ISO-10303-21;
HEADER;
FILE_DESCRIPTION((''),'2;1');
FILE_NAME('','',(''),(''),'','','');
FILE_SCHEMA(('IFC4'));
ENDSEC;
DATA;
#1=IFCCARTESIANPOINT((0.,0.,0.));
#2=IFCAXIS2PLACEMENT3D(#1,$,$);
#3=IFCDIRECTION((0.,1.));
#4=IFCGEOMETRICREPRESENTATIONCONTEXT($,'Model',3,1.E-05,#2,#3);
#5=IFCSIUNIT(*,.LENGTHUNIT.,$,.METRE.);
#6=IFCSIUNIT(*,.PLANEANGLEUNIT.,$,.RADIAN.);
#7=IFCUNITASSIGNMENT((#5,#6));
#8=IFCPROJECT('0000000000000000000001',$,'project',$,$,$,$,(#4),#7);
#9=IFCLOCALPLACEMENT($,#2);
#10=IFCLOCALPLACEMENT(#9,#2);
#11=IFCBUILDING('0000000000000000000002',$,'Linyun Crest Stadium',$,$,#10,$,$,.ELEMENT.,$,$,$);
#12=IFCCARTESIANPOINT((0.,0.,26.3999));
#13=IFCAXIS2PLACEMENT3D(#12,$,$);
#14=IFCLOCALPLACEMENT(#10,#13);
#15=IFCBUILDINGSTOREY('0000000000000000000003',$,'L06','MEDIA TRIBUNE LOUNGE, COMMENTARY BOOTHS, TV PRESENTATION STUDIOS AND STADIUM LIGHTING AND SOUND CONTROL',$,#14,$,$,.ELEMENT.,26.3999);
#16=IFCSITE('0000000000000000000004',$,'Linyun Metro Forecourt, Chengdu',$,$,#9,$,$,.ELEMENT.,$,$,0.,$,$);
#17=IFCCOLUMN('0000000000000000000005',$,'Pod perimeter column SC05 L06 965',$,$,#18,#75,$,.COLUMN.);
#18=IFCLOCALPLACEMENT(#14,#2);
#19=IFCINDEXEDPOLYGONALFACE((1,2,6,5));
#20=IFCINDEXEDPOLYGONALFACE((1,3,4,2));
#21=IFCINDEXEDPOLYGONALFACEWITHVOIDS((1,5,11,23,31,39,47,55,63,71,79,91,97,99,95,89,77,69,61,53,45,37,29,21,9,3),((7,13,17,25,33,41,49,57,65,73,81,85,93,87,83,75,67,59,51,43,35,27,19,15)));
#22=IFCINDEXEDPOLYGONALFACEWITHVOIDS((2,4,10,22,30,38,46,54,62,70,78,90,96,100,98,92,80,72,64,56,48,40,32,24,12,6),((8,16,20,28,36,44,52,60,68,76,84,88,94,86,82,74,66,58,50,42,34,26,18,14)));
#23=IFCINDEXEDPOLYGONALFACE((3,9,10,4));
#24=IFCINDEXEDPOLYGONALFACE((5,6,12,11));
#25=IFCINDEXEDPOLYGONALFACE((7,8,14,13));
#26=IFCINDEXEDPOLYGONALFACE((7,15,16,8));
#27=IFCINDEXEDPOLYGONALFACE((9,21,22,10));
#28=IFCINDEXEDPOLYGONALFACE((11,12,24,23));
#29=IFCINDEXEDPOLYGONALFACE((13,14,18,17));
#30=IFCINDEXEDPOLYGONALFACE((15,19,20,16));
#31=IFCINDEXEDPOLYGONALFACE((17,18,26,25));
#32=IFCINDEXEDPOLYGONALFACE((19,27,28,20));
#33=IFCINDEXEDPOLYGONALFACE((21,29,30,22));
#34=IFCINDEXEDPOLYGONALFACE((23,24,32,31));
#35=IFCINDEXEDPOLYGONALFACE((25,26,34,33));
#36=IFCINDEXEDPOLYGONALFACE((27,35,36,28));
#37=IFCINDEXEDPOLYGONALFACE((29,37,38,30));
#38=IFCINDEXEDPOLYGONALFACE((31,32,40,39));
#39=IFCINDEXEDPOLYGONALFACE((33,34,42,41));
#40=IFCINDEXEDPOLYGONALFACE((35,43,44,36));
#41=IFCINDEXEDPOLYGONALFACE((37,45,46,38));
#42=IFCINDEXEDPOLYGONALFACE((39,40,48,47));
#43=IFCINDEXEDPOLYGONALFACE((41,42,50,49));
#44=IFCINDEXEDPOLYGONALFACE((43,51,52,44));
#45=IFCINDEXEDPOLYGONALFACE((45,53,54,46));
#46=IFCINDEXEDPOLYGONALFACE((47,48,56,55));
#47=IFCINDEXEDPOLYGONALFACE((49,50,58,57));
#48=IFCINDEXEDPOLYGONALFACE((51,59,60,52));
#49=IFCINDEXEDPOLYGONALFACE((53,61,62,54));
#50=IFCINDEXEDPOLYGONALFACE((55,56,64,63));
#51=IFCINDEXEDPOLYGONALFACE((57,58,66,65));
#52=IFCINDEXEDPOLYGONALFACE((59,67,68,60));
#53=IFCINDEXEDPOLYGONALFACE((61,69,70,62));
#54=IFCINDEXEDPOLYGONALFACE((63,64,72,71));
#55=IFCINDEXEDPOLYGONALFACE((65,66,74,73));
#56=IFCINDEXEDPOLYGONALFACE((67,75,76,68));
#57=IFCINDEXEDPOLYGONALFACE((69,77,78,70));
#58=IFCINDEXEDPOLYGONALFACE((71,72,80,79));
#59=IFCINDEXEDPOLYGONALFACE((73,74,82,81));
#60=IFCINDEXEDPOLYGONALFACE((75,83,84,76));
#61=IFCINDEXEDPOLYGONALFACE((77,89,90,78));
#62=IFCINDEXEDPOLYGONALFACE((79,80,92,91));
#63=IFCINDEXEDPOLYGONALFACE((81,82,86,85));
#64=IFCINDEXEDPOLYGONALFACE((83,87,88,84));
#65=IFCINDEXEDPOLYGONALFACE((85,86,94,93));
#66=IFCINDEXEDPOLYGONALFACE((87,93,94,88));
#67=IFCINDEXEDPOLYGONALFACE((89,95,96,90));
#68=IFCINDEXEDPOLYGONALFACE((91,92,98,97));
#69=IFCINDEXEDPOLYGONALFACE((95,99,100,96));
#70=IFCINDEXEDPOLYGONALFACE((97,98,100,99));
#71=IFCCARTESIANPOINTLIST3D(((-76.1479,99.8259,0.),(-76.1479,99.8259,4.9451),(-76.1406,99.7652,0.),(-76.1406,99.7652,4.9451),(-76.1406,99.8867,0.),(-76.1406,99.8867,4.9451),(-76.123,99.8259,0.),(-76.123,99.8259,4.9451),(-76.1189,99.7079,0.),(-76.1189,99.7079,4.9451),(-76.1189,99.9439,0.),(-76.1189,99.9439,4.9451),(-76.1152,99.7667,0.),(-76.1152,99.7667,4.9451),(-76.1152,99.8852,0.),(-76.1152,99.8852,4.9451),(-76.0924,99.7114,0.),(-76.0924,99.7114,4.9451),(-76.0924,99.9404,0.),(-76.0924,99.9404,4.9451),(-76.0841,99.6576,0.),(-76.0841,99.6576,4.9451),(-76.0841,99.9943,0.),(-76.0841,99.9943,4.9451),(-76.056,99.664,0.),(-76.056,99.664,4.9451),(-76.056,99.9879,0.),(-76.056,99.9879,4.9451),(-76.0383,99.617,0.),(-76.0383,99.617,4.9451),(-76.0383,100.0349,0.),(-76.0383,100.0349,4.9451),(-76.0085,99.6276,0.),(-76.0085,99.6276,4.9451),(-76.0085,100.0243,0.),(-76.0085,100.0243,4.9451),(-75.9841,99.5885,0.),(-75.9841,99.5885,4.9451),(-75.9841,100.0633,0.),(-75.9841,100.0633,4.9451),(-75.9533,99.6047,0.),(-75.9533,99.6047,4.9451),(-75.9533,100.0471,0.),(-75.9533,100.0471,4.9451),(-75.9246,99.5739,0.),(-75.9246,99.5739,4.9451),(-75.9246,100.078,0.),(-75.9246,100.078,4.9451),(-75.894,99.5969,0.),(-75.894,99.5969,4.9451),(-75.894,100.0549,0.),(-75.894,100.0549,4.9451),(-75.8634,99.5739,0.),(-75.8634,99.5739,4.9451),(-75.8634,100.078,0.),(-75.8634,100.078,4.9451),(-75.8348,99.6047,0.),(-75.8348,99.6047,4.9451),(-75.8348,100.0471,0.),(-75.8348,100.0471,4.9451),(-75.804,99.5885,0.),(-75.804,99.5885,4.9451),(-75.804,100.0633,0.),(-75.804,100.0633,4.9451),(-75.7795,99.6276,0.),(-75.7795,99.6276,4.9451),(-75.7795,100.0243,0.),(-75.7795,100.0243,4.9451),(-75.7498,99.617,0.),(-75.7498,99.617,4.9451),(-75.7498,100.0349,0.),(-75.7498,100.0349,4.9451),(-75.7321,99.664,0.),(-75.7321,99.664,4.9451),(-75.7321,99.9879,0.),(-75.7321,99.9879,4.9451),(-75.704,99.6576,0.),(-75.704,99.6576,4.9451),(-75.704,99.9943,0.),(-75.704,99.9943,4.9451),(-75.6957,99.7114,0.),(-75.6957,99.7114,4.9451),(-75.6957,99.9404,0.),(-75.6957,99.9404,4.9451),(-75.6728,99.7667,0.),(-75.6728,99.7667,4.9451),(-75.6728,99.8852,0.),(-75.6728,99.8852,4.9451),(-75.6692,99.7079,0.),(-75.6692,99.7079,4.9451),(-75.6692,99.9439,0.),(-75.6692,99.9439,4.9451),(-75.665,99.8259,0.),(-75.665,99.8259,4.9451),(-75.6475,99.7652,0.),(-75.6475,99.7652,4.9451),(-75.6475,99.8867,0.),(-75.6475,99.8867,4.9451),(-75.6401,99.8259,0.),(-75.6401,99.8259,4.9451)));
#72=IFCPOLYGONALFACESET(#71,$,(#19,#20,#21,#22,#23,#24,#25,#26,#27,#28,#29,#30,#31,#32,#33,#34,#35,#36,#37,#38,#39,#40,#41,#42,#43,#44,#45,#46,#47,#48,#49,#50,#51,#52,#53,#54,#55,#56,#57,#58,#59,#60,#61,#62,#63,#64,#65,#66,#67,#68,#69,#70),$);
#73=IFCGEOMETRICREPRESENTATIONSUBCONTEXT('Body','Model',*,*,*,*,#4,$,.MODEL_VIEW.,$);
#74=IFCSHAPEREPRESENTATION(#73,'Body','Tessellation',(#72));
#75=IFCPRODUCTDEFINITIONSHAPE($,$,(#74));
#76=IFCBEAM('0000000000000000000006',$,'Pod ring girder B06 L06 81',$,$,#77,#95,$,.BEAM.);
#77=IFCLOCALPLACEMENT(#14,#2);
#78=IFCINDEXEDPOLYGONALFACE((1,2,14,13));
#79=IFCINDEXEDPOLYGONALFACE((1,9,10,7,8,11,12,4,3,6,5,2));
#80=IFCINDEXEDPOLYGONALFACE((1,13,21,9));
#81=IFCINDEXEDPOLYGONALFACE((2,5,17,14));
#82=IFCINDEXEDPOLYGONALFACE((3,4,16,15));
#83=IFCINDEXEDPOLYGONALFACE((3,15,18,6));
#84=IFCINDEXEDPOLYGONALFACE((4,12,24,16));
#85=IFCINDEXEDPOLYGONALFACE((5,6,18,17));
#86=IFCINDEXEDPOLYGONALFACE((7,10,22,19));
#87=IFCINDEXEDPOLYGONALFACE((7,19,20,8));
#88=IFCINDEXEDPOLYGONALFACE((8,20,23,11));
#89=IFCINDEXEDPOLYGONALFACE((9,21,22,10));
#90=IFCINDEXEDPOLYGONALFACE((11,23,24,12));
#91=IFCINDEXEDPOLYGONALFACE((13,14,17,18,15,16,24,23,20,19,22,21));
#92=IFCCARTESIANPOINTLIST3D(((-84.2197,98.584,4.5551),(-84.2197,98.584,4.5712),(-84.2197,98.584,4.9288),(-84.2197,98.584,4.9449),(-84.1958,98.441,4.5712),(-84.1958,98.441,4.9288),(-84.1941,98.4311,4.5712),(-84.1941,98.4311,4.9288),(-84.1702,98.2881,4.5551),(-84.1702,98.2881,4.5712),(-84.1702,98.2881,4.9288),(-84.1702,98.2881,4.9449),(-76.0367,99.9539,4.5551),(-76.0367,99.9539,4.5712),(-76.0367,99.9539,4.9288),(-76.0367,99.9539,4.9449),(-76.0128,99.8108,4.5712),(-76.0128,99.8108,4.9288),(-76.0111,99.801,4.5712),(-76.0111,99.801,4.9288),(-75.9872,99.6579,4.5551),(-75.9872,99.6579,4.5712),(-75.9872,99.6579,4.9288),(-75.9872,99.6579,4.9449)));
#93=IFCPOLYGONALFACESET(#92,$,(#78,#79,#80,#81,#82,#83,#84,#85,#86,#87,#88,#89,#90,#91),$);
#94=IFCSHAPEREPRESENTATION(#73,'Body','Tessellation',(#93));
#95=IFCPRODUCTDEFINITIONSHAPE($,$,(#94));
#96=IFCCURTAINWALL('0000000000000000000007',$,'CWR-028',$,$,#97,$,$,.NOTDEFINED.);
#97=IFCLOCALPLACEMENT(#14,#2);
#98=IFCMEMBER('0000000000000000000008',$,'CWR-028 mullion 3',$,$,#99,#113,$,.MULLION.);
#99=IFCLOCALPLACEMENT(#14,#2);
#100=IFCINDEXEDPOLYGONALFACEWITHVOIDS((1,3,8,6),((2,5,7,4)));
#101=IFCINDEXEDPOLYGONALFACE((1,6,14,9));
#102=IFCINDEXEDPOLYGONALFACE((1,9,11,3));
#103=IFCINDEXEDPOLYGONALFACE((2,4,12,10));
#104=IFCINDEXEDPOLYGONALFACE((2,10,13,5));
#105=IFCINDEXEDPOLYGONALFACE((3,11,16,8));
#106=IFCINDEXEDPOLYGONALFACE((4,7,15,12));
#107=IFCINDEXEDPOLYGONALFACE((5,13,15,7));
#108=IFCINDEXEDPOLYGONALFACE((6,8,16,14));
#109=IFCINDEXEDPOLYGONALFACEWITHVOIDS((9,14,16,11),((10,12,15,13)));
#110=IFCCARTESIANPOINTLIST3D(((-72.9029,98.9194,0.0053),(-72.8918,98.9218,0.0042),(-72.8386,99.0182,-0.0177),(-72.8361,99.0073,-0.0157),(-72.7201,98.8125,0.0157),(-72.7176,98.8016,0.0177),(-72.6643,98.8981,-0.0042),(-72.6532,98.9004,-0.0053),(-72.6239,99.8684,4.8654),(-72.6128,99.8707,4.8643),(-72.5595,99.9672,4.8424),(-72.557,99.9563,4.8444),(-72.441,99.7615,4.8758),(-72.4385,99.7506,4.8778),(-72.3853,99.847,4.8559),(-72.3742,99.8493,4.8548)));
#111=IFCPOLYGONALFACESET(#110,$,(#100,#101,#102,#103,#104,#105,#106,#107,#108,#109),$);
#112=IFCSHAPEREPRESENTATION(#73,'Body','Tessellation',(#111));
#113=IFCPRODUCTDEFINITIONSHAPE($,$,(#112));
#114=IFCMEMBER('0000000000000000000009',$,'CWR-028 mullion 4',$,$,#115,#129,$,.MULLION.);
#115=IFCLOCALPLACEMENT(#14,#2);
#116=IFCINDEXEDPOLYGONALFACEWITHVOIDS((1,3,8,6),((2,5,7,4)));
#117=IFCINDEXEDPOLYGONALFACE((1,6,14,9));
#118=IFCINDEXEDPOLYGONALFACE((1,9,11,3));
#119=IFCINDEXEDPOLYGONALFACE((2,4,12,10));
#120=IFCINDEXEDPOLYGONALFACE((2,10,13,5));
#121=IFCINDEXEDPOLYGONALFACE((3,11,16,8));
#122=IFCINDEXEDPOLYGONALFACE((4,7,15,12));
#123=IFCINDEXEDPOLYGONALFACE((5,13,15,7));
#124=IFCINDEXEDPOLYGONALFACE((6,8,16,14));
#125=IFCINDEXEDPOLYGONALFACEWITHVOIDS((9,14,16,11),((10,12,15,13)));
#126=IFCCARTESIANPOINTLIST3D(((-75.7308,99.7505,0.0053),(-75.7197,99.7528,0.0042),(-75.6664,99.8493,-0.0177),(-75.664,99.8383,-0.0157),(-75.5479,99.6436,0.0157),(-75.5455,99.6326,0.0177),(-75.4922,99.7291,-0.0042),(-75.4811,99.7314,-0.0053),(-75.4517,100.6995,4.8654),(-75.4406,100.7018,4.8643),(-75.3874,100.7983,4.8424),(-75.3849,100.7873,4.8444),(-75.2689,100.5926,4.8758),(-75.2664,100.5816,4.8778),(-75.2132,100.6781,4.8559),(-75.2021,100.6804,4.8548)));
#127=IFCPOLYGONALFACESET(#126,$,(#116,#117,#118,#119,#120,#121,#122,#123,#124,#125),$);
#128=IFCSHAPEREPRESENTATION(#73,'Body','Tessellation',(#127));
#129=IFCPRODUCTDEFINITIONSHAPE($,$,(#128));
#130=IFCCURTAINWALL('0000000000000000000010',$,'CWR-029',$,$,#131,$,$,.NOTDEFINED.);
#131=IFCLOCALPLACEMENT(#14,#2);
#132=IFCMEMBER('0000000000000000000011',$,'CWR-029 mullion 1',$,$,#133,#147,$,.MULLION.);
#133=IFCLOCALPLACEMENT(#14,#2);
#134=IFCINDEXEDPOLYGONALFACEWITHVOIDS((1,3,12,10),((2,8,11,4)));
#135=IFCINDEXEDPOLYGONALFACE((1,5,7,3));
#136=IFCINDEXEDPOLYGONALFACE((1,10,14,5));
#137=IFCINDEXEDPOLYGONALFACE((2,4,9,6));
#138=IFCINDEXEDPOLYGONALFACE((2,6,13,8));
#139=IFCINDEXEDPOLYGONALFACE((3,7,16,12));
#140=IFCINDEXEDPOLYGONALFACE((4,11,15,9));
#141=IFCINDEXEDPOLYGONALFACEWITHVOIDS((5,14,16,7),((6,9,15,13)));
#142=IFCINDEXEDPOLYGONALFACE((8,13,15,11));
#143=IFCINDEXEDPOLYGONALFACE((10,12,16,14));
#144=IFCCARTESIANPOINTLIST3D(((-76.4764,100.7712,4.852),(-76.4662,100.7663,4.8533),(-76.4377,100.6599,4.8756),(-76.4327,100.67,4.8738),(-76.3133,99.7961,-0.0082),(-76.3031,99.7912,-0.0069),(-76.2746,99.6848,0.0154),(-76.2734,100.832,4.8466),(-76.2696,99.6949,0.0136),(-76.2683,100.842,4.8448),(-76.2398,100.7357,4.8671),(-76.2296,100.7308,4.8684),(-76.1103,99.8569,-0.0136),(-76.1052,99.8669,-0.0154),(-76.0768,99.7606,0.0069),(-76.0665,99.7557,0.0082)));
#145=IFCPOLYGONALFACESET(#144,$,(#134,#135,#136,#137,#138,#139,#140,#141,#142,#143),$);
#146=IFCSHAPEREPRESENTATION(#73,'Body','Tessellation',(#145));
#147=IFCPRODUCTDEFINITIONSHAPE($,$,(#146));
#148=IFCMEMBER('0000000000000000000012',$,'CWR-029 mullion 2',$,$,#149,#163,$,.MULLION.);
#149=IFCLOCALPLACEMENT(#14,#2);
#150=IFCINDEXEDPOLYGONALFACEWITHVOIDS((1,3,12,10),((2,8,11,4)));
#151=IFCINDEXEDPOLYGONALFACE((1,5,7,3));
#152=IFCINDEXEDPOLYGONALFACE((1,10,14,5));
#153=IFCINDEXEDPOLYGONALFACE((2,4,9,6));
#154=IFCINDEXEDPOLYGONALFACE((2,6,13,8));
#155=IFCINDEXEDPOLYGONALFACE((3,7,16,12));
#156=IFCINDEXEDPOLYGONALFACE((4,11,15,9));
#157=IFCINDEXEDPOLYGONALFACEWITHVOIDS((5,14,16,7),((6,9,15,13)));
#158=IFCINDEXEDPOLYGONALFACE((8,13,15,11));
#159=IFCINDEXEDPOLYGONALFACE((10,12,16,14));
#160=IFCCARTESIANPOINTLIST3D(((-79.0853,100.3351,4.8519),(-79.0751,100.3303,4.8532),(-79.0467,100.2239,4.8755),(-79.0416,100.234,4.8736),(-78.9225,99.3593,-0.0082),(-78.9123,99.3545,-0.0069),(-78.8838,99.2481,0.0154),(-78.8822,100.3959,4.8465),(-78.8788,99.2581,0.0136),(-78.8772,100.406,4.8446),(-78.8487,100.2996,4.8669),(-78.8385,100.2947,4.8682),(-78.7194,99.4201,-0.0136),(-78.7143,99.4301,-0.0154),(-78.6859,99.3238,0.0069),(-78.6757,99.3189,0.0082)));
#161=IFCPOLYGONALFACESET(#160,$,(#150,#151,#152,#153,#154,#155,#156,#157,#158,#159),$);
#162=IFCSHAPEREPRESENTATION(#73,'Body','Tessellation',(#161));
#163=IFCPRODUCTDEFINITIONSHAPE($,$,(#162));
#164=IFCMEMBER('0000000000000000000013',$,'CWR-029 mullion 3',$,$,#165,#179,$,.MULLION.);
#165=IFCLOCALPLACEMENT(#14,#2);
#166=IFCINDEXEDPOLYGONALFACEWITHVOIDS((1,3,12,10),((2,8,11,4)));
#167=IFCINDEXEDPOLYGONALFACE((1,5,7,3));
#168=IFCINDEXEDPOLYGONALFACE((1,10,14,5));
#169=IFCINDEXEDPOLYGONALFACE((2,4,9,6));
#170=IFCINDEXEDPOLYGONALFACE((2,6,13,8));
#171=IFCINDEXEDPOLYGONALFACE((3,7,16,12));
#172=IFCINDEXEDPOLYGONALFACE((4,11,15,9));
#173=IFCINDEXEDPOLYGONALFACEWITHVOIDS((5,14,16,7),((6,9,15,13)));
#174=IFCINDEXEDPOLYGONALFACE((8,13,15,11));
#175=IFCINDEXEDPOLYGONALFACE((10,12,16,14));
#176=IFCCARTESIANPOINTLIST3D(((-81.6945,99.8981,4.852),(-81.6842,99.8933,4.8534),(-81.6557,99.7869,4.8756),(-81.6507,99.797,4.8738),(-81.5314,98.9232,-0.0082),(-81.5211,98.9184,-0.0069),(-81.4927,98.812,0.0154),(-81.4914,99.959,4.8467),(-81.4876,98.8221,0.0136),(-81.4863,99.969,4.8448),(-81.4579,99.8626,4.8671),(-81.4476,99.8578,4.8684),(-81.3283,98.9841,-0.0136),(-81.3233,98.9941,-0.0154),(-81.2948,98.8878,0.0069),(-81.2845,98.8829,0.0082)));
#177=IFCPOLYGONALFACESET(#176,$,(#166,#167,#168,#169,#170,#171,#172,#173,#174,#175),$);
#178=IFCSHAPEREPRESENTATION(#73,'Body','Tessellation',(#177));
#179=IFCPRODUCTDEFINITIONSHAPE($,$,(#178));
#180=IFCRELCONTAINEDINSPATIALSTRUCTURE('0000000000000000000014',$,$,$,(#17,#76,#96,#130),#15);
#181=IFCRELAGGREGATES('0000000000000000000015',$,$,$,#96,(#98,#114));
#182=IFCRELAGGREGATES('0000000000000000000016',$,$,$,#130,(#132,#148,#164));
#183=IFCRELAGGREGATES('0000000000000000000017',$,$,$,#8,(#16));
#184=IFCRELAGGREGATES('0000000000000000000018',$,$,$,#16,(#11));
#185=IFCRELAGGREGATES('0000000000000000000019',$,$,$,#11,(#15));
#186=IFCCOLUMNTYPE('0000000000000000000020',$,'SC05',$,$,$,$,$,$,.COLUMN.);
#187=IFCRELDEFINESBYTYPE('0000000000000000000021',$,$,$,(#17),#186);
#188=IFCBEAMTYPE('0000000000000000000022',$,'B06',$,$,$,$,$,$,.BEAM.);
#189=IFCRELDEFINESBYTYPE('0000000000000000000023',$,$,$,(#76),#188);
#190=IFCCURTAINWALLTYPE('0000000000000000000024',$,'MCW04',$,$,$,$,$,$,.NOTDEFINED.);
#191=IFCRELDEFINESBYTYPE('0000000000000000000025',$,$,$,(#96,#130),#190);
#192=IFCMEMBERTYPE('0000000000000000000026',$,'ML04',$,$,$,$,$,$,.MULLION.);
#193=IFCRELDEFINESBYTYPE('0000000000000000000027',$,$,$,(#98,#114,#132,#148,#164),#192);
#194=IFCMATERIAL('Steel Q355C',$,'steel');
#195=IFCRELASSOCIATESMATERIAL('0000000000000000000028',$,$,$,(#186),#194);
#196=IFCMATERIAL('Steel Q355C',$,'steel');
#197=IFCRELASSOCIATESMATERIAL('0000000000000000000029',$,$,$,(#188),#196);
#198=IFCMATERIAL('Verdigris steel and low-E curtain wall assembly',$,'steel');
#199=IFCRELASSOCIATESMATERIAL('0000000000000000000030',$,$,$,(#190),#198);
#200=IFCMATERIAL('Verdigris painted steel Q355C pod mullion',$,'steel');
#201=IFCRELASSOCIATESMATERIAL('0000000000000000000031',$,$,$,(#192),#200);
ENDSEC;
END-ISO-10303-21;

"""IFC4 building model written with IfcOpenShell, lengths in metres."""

from ifc_helpers import new_model, si_unit, direction, frame, origin, origin_2d, place, context, subcontext, project, spatial, hollow_rectangle, hollow_circle, i_section, extrude, material, material_profile, profile_set, type_object, element, aggregate, save


model = new_model("IFC4")

# Units and contexts
model_context = context("Model", 3, precision=1e-05, world=origin(), true_north=direction((0.0, 1.0)))
body_context = subcontext(model_context, "Body", "Model", "MODEL_VIEW")
ifc_project = project(units=[si_unit("LENGTHUNIT", "METRE"), si_unit("PLANEANGLEUNIT", "RADIAN")], contexts=[model_context])

# Site, building, storey
site_placement = place(None, origin())
site = spatial("IfcSite", under=ifc_project, at=site_placement, Name="Linyun Metro Forecourt, Chengdu", CompositionType="ELEMENT", RefElevation=0.0)
building_placement = place(site_placement, origin())
building = spatial("IfcBuilding", under=site, at=building_placement, Name="Linyun Crest Stadium", CompositionType="ELEMENT")
storey_placement = place(building_placement, frame((0.0, 0.0, 26.3999)))
storey = spatial("IfcBuildingStorey", under=building, at=storey_placement, Name="L06", Description="MEDIA TRIBUNE LOUNGE, COMMENTARY BOOTHS, TV PRESENTATION STUDIOS AND STADIUM LIGHTING AND SOUND CONTROL", CompositionType="ELEMENT", Elevation=26.3999)

# Column
ifc_material_1 = material(Name="Steel Q355C", Category="steel")
ifc_material_profile_1 = material_profile(ifc_material_1, hollow_circle(Radius=0.2539, WallThickness=0.0249, at=origin_2d()), Name="CHS 508x25")
ifc_profile_set_1 = profile_set([ifc_material_profile_1], Name="Steel Q355C")
column_type = type_object("IfcColumnType", Name="SC05", PredefinedType="COLUMN", material=ifc_profile_set_1)
column_placement = place(storey_placement, frame((-75.894, 99.8259, 0.0), z_axis=(0.0, 0.0, 1.0), x_axis=(1.0, 0.0, 0.0)))
element("IfcColumn", 1, at=column_placement, inside=storey, type_object=column_type, Name="Pod perimeter column SC05 L06 965", PredefinedType="COLUMN", context=body_context, shape_type="SweptSolid", body=[
    extrude(hollow_circle(Radius=0.2539, WallThickness=0.0249, at=origin_2d()), origin(), (0.0, 0.0, 1.0), 4.9451),
])

# Beam
ifc_material_2 = material(Name="Steel Q355C", Category="steel")
ifc_material_profile_2 = material_profile(ifc_material_2, i_section(OverallWidth=0.3, OverallDepth=0.3899, WebThickness=0.01, FlangeThickness=0.0161, at=origin_2d()), Name="HM 390x300")
ifc_profile_set_2 = profile_set([ifc_material_profile_2], Name="Steel Q355C")
beam_type = type_object("IfcBeamType", Name="B06", PredefinedType="BEAM", material=ifc_profile_set_2)
beam_placement = place(storey_placement, frame((-76.012, 99.8059, 4.75), z_axis=(-0.986276, -0.165105, 0.0), x_axis=(0.165105, -0.986276, 0.0)))
element("IfcBeam", 2, at=beam_placement, inside=storey, type_object=beam_type, Name="Pod ring girder B06 L06 81", PredefinedType="BEAM", context=body_context, shape_type="SweptSolid", body=[
    extrude(i_section(OverallWidth=0.3, OverallDepth=0.3899, WebThickness=0.01, FlangeThickness=0.0161, at=origin_2d()), origin(), (0.0, 0.0, 1.0), 8.2969),
])

# Curtain walls, members
ifc_material_3 = material(Name="Verdigris steel and low-E curtain wall assembly", Category="steel")
curtain_wall_type = type_object("IfcCurtainWallType", Name="MCW04", PredefinedType="NOTDEFINED", material=ifc_material_3)
curtain_wall_1_placement = place(storey_placement, origin())
curtain_wall_1 = element("IfcCurtainWall", 3, at=curtain_wall_1_placement, inside=storey, type_object=curtain_wall_type, Name="CWR-028", PredefinedType="NOTDEFINED")
ifc_material_4 = material(Name="Verdigris painted steel Q355C pod mullion", Category="steel")
ifc_material_profile_3 = material_profile(ifc_material_4, hollow_rectangle(XDim=0.1201, YDim=0.22, WallThickness=0.0081, at=origin_2d()), Name="RHS 220x120x8")
ifc_profile_set_3 = profile_set([ifc_material_profile_3], Name="Verdigris painted steel Q355C pod mullion")
member_type_1 = type_object("IfcMemberType", Name="ML04", PredefinedType="MULLION", material=ifc_profile_set_3)
member_1_placement = place(storey_placement, frame((-72.7781, 98.9099, 0.0), z_axis=(0.056264, 0.191335, 0.979911), x_axis=(0.535777, 0.822394, -0.191342)))
member_1 = element("IfcMember", 4, at=member_1_placement, type_object=member_type_1, Name="CWR-028 mullion 3", PredefinedType="MULLION", context=body_context, shape_type="SweptSolid", body=[
    extrude(hollow_rectangle(XDim=0.1201, YDim=0.22, WallThickness=0.0081, at=origin_2d()), origin(), (0.0, 0.0, 1.0), 4.9597),
])
member_2_placement = place(storey_placement, frame((-75.606, 99.741, 0.0), z_axis=(0.056264, 0.191335, 0.979911), x_axis=(0.535777, 0.822394, -0.191342)))
member_2 = element("IfcMember", 5, at=member_2_placement, type_object=member_type_1, Name="CWR-028 mullion 4", PredefinedType="MULLION", context=body_context, shape_type="SweptSolid", body=[
    extrude(hollow_rectangle(XDim=0.1201, YDim=0.22, WallThickness=0.0081, at=origin_2d()), origin(), (0.0, 0.0, 1.0), 4.9597),
])
curtain_wall_2_placement = place(storey_placement, origin())
curtain_wall_2 = element("IfcCurtainWall", 6, at=curtain_wall_2_placement, inside=storey, type_object=curtain_wall_type, Name="CWR-029", PredefinedType="NOTDEFINED")
member_3_placement = place(storey_placement, frame((-76.1899, 99.7759, 0.0), z_axis=(-0.032883, 0.196606, 0.979931), x_axis=(-0.322219, 0.926025, -0.196603)))
member_3 = element("IfcMember", 7, at=member_3_placement, type_object=member_type_1, Name="CWR-029 mullion 1", PredefinedType="MULLION", context=body_context, shape_type="SweptSolid", body=[
    extrude(hollow_rectangle(XDim=0.1201, YDim=0.22, WallThickness=0.0081, at=origin_2d()), origin(), (0.0, 0.0, 1.0), 4.9597),
])
member_4_placement = place(storey_placement, frame((-78.7991, 99.3391, 0.0), z_axis=(-0.032832, 0.196749, 0.979904), x_axis=(-0.321876, 0.926117, -0.196734)))
member_4 = element("IfcMember", 8, at=member_4_placement, type_object=member_type_1, Name="CWR-029 mullion 2", PredefinedType="MULLION", context=body_context, shape_type="SweptSolid", body=[
    extrude(hollow_rectangle(XDim=0.1201, YDim=0.22, WallThickness=0.0081, at=origin_2d()), origin(), (0.0, 0.0, 1.0), 4.9597),
])
member_5_placement = place(storey_placement, frame((-81.408, 98.9031, 0.0), z_axis=(-0.032883, 0.196559, 0.97994), x_axis=(-0.322258, 0.926021, -0.196558)))
member_5 = element("IfcMember", 9, at=member_5_placement, type_object=member_type_1, Name="CWR-029 mullion 3", PredefinedType="MULLION", context=body_context, shape_type="SweptSolid", body=[
    extrude(hollow_rectangle(XDim=0.1201, YDim=0.22, WallThickness=0.0081, at=origin_2d()), origin(), (0.0, 0.0, 1.0), 4.9597),
])

aggregate(curtain_wall_1, [member_1, member_2])
aggregate(curtain_wall_2, [member_3, member_4, member_5])

save(model, "model.ifc")
